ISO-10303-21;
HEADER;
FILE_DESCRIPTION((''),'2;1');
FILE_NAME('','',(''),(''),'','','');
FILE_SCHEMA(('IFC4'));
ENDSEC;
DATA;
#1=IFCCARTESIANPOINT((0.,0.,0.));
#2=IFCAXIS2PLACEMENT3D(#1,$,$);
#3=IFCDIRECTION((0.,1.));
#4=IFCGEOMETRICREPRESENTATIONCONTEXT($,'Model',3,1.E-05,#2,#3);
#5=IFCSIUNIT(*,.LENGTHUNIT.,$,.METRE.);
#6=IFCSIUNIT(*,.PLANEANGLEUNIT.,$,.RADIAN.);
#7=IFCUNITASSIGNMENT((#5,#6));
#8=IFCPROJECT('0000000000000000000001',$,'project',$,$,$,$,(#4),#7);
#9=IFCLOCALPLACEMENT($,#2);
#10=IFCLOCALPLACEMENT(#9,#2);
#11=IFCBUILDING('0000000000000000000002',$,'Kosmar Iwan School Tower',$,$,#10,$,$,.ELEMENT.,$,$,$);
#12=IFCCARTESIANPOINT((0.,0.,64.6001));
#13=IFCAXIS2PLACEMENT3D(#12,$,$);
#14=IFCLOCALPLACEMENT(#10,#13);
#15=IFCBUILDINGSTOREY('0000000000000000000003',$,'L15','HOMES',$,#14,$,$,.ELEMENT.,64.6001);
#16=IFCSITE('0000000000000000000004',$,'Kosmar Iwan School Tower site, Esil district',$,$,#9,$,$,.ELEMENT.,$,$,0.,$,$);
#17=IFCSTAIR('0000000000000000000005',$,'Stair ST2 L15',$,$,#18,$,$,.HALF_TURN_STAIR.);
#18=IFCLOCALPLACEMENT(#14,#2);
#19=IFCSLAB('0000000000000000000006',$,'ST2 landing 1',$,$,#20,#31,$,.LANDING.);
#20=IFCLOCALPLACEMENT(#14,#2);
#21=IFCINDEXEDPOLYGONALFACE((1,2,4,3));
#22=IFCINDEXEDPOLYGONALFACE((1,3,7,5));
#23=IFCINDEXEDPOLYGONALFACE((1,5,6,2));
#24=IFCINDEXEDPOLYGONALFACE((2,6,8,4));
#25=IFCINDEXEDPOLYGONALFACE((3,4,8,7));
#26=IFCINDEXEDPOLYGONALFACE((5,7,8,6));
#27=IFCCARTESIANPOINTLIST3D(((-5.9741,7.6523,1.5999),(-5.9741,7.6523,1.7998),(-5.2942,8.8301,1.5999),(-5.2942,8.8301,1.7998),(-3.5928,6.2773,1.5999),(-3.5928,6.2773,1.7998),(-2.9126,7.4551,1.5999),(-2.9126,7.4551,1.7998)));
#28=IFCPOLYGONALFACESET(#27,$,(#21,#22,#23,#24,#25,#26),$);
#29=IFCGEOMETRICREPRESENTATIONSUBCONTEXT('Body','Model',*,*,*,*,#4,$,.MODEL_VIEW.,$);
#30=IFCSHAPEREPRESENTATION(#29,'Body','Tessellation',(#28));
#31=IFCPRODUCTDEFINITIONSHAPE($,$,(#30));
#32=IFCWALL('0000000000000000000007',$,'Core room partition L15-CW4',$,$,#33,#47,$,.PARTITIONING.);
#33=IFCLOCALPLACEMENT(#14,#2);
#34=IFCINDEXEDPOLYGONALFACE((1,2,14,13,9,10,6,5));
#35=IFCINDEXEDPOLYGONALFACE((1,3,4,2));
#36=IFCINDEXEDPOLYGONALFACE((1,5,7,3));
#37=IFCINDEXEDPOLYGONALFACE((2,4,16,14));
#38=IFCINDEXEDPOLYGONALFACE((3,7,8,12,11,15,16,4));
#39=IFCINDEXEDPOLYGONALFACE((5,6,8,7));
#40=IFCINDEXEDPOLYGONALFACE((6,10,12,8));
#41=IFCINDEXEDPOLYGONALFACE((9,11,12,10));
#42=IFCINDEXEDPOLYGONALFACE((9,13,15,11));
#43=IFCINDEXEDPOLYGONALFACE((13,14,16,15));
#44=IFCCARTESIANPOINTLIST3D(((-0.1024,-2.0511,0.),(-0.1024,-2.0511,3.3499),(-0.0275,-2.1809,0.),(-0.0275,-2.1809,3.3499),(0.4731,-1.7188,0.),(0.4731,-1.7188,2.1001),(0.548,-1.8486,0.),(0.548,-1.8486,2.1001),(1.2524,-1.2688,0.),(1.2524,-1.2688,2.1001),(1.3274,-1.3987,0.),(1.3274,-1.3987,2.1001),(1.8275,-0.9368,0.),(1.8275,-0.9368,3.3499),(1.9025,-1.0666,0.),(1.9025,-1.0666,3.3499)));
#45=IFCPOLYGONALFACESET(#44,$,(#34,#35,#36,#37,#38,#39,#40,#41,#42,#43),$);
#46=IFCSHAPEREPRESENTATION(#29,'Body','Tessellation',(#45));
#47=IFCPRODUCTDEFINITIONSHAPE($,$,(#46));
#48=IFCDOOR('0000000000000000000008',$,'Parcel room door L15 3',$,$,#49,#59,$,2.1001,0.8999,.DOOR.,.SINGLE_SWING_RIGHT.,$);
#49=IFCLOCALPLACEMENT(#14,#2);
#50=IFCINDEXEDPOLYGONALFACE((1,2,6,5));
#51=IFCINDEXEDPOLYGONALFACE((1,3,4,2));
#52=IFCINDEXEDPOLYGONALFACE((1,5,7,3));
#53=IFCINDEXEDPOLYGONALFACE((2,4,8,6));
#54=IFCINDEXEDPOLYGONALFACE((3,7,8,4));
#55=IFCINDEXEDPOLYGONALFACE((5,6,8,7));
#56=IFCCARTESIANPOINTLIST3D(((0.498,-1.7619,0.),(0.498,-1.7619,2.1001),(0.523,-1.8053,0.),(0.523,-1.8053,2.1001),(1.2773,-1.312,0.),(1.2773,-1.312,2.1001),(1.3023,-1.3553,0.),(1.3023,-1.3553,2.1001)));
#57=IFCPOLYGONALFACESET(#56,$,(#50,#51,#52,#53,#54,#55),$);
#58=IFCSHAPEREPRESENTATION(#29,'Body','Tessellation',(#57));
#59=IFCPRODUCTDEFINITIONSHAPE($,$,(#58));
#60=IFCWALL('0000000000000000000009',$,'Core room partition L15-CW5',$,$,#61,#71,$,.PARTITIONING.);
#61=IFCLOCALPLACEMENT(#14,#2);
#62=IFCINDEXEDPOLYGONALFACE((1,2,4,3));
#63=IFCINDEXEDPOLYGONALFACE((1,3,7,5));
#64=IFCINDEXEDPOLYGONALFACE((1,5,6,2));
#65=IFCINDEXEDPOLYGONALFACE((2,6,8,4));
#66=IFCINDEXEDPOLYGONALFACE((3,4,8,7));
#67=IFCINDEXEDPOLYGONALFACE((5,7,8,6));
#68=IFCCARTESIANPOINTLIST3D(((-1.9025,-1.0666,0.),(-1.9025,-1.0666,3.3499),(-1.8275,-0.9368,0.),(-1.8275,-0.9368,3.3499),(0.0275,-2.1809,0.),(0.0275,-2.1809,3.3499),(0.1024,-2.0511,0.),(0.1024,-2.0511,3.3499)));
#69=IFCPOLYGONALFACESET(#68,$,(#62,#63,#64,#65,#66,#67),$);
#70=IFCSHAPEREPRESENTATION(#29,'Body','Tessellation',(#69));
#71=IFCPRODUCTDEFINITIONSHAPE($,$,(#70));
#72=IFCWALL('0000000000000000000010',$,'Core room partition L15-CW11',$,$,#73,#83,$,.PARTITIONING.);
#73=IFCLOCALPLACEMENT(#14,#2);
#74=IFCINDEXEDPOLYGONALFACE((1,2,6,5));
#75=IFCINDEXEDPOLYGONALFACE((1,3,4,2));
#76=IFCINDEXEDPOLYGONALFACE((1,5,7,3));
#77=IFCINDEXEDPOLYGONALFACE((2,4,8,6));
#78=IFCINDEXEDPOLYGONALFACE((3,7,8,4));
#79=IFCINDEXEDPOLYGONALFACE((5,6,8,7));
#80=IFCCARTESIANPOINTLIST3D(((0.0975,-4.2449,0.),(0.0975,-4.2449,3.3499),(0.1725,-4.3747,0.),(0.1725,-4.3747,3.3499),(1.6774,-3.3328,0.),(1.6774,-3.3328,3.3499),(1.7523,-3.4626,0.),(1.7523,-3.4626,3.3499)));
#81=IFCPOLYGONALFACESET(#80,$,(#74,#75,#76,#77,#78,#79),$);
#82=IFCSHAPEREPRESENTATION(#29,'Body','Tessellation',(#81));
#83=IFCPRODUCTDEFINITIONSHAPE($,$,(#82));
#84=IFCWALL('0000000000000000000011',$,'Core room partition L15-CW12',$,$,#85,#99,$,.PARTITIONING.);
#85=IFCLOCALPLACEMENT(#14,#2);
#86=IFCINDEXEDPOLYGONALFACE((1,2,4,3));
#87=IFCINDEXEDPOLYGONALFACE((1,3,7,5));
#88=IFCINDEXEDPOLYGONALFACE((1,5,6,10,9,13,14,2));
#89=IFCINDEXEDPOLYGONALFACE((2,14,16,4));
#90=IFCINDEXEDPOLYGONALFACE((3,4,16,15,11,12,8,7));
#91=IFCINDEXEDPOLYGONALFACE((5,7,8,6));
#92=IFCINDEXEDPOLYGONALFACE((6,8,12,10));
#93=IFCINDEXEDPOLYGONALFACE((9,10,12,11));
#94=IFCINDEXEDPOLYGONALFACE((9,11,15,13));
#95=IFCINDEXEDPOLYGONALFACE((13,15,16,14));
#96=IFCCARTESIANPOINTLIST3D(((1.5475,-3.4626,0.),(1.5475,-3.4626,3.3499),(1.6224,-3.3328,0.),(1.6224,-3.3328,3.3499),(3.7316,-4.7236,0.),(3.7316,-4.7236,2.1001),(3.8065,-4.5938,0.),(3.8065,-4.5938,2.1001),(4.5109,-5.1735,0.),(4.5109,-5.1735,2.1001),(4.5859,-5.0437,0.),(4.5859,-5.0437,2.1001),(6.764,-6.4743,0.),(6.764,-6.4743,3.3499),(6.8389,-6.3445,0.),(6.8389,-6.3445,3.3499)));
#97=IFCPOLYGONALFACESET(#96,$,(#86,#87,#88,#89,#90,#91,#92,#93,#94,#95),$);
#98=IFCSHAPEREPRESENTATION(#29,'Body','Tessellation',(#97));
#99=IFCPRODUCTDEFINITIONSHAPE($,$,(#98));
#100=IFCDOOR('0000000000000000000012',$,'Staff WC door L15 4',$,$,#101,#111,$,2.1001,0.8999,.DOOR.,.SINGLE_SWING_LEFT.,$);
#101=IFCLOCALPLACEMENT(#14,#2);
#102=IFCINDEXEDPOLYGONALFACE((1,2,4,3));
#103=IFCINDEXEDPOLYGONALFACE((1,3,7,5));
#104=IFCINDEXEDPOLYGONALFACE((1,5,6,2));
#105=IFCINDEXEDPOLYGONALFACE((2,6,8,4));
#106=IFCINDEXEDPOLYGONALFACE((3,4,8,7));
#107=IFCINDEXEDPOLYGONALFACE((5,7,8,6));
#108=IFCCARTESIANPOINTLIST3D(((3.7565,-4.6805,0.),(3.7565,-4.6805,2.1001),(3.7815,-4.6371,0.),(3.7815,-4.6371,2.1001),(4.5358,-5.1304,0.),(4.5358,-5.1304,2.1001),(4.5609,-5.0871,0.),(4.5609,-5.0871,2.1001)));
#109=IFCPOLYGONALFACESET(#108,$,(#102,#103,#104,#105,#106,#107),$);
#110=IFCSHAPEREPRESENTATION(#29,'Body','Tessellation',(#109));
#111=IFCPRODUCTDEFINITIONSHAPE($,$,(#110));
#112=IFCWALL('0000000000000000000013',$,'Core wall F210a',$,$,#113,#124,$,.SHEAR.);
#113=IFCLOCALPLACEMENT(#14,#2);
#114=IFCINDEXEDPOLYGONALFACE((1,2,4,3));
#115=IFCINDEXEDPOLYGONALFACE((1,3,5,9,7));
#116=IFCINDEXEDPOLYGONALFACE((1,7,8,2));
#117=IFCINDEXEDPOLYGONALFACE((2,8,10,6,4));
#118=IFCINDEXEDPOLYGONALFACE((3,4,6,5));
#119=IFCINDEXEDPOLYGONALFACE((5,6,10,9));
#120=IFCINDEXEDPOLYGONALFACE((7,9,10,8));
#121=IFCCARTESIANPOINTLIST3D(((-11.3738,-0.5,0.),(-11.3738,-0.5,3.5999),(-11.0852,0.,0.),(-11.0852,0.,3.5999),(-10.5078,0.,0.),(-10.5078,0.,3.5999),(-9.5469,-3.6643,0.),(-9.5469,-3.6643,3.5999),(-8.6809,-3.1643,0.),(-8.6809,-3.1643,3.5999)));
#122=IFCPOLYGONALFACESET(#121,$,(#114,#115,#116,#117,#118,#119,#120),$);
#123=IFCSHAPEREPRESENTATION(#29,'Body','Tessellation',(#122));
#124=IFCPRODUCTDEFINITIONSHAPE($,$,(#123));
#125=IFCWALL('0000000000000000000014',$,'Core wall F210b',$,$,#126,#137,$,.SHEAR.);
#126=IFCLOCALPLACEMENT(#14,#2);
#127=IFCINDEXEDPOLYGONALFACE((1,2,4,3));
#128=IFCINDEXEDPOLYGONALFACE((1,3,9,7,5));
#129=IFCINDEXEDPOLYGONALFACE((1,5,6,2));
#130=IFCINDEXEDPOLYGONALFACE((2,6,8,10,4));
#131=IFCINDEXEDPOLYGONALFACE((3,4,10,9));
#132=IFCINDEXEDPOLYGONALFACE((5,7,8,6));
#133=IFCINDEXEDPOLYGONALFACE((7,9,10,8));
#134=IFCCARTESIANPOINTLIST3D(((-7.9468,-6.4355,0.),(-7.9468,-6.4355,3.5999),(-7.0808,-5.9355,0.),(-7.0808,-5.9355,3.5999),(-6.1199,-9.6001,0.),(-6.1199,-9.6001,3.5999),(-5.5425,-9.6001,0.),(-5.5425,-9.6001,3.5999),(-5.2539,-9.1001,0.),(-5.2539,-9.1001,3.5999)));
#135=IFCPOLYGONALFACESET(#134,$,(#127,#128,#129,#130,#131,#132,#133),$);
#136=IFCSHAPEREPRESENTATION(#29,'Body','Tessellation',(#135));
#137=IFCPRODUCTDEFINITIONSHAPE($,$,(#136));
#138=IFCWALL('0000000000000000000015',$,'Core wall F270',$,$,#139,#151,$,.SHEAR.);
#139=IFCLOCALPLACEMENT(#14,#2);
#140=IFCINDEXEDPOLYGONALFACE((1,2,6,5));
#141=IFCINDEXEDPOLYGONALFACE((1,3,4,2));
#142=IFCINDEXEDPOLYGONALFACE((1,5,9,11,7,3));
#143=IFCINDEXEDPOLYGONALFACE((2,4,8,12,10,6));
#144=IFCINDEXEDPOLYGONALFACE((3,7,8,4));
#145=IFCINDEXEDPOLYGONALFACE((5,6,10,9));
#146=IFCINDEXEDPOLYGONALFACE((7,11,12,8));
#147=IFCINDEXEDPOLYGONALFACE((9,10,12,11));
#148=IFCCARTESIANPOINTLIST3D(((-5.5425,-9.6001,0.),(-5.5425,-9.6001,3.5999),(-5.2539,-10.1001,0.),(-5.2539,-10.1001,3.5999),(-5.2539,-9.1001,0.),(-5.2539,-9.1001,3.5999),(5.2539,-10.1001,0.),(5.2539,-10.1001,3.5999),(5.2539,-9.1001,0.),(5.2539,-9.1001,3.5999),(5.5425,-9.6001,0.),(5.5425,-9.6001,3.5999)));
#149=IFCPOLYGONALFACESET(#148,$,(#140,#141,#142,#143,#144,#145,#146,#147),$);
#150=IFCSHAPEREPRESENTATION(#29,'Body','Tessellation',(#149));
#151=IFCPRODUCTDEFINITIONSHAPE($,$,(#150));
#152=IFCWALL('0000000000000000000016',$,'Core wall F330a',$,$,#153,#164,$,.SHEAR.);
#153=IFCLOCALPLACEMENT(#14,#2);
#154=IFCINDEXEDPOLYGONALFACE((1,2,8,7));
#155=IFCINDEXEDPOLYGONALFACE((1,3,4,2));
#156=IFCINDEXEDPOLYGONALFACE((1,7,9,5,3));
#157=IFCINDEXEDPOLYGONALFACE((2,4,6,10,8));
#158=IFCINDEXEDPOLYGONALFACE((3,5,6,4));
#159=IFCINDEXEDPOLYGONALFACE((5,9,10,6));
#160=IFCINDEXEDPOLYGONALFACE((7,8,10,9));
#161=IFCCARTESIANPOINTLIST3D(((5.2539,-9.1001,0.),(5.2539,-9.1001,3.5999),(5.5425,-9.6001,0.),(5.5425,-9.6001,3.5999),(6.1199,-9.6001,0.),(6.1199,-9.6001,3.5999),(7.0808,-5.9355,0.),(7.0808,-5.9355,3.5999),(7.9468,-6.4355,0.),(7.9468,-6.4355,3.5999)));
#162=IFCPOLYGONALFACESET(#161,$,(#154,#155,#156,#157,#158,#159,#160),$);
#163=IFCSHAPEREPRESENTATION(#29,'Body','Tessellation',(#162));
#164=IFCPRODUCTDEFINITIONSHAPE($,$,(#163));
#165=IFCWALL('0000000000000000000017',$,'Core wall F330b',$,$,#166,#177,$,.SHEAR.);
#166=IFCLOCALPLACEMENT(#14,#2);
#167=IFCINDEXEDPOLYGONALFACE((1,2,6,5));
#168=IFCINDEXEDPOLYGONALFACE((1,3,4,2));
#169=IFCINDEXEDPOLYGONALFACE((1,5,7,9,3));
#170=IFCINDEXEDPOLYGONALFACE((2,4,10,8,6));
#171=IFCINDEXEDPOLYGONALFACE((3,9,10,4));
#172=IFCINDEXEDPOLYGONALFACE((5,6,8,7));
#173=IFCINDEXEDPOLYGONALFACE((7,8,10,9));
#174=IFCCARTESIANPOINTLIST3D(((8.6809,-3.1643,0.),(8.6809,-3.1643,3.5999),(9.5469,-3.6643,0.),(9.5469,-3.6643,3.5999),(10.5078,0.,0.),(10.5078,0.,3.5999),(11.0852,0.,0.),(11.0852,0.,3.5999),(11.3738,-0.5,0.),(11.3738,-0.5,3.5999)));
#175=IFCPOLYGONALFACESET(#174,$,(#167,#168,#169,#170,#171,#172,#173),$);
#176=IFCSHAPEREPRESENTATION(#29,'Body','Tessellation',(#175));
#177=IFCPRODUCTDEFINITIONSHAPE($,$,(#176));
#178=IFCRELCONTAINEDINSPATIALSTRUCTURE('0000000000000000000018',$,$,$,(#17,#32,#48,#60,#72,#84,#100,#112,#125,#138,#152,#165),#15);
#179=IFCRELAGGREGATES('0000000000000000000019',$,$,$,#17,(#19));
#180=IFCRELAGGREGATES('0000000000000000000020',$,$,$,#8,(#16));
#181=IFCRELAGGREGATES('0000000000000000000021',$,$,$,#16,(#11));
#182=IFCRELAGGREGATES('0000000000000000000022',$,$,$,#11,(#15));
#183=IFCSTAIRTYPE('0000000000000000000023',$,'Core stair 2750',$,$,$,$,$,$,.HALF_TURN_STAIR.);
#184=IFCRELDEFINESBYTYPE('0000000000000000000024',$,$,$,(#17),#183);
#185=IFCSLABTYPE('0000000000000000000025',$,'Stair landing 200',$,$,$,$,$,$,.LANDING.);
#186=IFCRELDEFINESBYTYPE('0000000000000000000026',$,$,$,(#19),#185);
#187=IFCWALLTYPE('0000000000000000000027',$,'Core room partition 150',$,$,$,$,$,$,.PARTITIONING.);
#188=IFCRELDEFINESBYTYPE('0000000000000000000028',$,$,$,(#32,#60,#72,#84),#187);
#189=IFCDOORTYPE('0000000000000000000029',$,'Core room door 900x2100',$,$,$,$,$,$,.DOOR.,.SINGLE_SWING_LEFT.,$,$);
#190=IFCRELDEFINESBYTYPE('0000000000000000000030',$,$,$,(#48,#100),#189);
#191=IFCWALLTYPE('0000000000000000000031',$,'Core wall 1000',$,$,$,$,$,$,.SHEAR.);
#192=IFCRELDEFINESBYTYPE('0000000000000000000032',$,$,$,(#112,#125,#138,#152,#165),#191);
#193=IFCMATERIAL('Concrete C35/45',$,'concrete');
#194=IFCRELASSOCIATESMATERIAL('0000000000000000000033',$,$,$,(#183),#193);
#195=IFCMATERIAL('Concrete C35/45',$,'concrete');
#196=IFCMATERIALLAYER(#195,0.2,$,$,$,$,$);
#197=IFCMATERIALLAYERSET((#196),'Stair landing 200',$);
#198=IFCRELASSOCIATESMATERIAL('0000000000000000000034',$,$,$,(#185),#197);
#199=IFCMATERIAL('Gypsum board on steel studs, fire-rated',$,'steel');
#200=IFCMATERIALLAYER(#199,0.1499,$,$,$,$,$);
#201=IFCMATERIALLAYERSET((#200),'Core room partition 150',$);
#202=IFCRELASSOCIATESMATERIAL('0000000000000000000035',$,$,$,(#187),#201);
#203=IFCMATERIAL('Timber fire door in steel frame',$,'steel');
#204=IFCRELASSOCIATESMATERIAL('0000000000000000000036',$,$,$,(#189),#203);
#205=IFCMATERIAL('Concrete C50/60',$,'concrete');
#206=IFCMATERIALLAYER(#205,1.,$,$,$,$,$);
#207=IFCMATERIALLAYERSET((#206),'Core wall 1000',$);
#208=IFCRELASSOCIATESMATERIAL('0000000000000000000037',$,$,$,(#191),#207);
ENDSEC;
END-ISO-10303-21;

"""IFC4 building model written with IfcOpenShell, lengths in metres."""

from ifc_helpers import new_model, si_unit, direction, frame, frame_2d, origin, place, context, subcontext, project, spatial, polyline, rectangle, outline, extrude, material, layer, layer_set, type_object, element, fill, aggregate, save


model = new_model("IFC4")

# Units and contexts
model_context = context("Model", 3, precision=1e-05, world=origin(), true_north=direction((0.0, 1.0)))
body_context = subcontext(model_context, "Body", "Model", "MODEL_VIEW")
ifc_project = project(units=[si_unit("LENGTHUNIT", "METRE"), si_unit("PLANEANGLEUNIT", "RADIAN")], contexts=[model_context])

# Site, building, storey
site_placement = place(None, origin())
site = spatial("IfcSite", under=ifc_project, at=site_placement, Name="Kosmar Iwan School Tower site, Esil district", CompositionType="ELEMENT", RefElevation=0.0)
building_placement = place(site_placement, origin())
building = spatial("IfcBuilding", under=site, at=building_placement, Name="Kosmar Iwan School Tower", CompositionType="ELEMENT")
storey_placement = place(building_placement, frame((0.0, 0.0, 64.6001)))
storey = spatial("IfcBuildingStorey", under=building, at=storey_placement, Name="L15", Description="HOMES", CompositionType="ELEMENT", Elevation=64.6001)

# Stair, slab
ifc_material_1 = material(Name="Concrete C35/45", Category="concrete")
stair_type = type_object("IfcStairType", Name="Core stair 2750", PredefinedType="HALF_TURN_STAIR", material=ifc_material_1)
stair_placement = place(storey_placement, origin())
stair = element("IfcStair", 1, at=stair_placement, inside=storey, type_object=stair_type, Name="Stair ST2 L15", PredefinedType="HALF_TURN_STAIR")
ifc_material_2 = material(Name="Concrete C35/45", Category="concrete")
ifc_layer_1 = layer(ifc_material_2, 0.2)
ifc_layer_set_1 = layer_set([ifc_layer_1], Name="Stair landing 200")
slab_type = type_object("IfcSlabType", Name="Stair landing 200", PredefinedType="LANDING", material=ifc_layer_set_1)
slab_placement = place(storey_placement, frame((0.0, 0.0, 1.5999)))
slab = element("IfcSlab", 2, at=slab_placement, type_object=slab_type, Name="ST2 landing 1", PredefinedType="LANDING", context=body_context, shape_type="SweptSolid", body=[
    extrude(outline(polyline([(-2.9126, 7.4551), (-5.2942, 8.8301), (-5.9741, 7.6523), (-3.5928, 6.2773), (-2.9126, 7.4551)])), origin(), (0.0, 0.0, 1.0), 0.2),
])
aggregate(stair, [slab])

# Wall, opening, door
ifc_material_3 = material(Name="Gypsum board on steel studs, fire-rated", Category="steel")
ifc_layer_2 = layer(ifc_material_3, 0.1499)
ifc_layer_set_2 = layer_set([ifc_layer_2], Name="Core room partition 150")
wall_type_1 = type_object("IfcWallType", Name="Core room partition 150", PredefinedType="PARTITIONING", material=ifc_layer_set_2)
wall_1_placement = place(storey_placement, frame((1.865, -1.0017, 0.0), z_axis=(0.0, 0.0, 1.0), x_axis=(-0.866023, -0.500004, 0.0)))
wall_1 = element("IfcWall", 3, at=wall_1_placement, inside=storey, type_object=wall_type_1, Name="Core room partition L15-CW4", PredefinedType="PARTITIONING", context=body_context, shape_type="SweptSolid", body=[
    extrude(rectangle(XDim=2.2285, YDim=0.1499, at=frame_2d((1.1143, 0.0))), origin(), (0.0, 0.0, 1.0), 3.3499),
])
opening_1_placement = place(wall_1_placement, frame((0.6641, 0.0, 0.0)))
opening_1 = element("IfcOpeningElement", 4, at=opening_1_placement, cuts=wall_1, PredefinedType="OPENING", context=body_context, shape_type="SweptSolid", body=[
    extrude(rectangle(XDim=0.8999, YDim=2.1001, at=frame_2d((0.45, 1.05))), frame((0.0, 0.0869, 0.0), z_axis=(0.0, -1.0, 0.0), x_axis=(1.0, 0.0, 0.0)), (0.0, 0.0, 1.0), 0.1738),
])
ifc_material_4 = material(Name="Timber fire door in steel frame", Category="steel")
door_type_1 = type_object("IfcDoorType", Name="Core room door 900x2100", OperationType="SINGLE_SWING_LEFT", PredefinedType="DOOR", material=ifc_material_4)
door_1_placement = place(opening_1_placement, origin())
door_1 = element("IfcDoor", 5, at=door_1_placement, inside=storey, type_object=door_type_1, Name="Parcel room door L15 3", OperationType="SINGLE_SWING_RIGHT", OverallHeight=2.1001, OverallWidth=0.8999, PredefinedType="DOOR", context=body_context, shape_type="SweptSolid", body=[
    extrude(rectangle(XDim=0.8999, YDim=2.1001, at=frame_2d((0.45, 1.05))), frame((0.0, 0.0249, 0.0), z_axis=(0.0, -1.0, 0.0), x_axis=(1.0, 0.0, 0.0)), (0.0, 0.0, 1.0), 0.05),
])
fill(opening_1, door_1)

# Walls
wall_2_placement = place(storey_placement, frame((0.0649, -2.116, 0.0), z_axis=(0.0, 0.0, 1.0), x_axis=(-0.866023, 0.500004, 0.0)))
element("IfcWall", 6, at=wall_2_placement, inside=storey, type_object=wall_type_1, Name="Core room partition L15-CW5", PredefinedType="PARTITIONING", context=body_context, shape_type="SweptSolid", body=[
    extrude(rectangle(XDim=2.2285, YDim=0.1499, at=frame_2d((1.1143, 0.0))), origin(), (0.0, 0.0, 1.0), 3.3499),
])
wall_3_placement = place(storey_placement, frame((0.135, -4.3098, 0.0), z_axis=(0.0, 0.0, 1.0), x_axis=(0.866027, 0.499997, 0.0)))
element("IfcWall", 7, at=wall_3_placement, inside=storey, type_object=wall_type_1, Name="Core room partition L15-CW11", PredefinedType="PARTITIONING", context=body_context, shape_type="SweptSolid", body=[
    extrude(rectangle(XDim=1.8242, YDim=0.1499, at=frame_2d((0.9121, 0.0))), origin(), (0.0, 0.0, 1.0), 3.3499),
])

# Wall, opening, door
wall_4_placement = place(storey_placement, frame((1.585, -3.3977, 0.0), z_axis=(0.0, 0.0, 1.0), x_axis=(0.86603, -0.499993, 0.0)))
wall_4 = element("IfcWall", 8, at=wall_4_placement, inside=storey, type_object=wall_type_1, Name="Core room partition L15-CW12", PredefinedType="PARTITIONING", context=body_context, shape_type="SweptSolid", body=[
    extrude(rectangle(XDim=6.0234, YDim=0.1499, at=frame_2d((3.0117, 0.0))), origin(), (0.0, 0.0, 1.0), 3.3499),
])
opening_2_placement = place(wall_4_placement, frame((2.522, 0.0, 0.0)))
opening_2 = element("IfcOpeningElement", 9, at=opening_2_placement, cuts=wall_4, PredefinedType="OPENING", context=body_context, shape_type="SweptSolid", body=[
    extrude(rectangle(XDim=0.8999, YDim=2.1001, at=frame_2d((0.45, 1.05))), frame((0.0, 0.0869, 0.0), z_axis=(0.0, -1.0, 0.0), x_axis=(1.0, 0.0, 0.0)), (0.0, 0.0, 1.0), 0.1738),
])
door_2_placement = place(opening_2_placement, origin())
door_2 = element("IfcDoor", 10, at=door_2_placement, inside=storey, type_object=door_type_1, Name="Staff WC door L15 4", OperationType="SINGLE_SWING_LEFT", OverallHeight=2.1001, OverallWidth=0.8999, PredefinedType="DOOR", context=body_context, shape_type="SweptSolid", body=[
    extrude(rectangle(XDim=0.8999, YDim=2.1001, at=frame_2d((0.45, 1.05))), frame((0.0, 0.0249, 0.0), z_axis=(0.0, -1.0, 0.0), x_axis=(1.0, 0.0, 0.0)), (0.0, 0.0, 1.0), 0.05),
])
fill(opening_2, door_2)

# Walls
ifc_material_5 = material(Name="Concrete C50/60", Category="concrete")
ifc_layer_3 = layer(ifc_material_5, 1.0)
ifc_layer_set_3 = layer_set([ifc_layer_3], Name="Core wall 1000")
wall_type_2 = type_object("IfcWallType", Name="Core wall 1000", PredefinedType="SHEAR", material=ifc_layer_set_3)
wall_5_placement = place(storey_placement, origin())
element("IfcWall", 11, at=wall_5_placement, inside=storey, type_object=wall_type_2, Name="Core wall F210a", PredefinedType="SHEAR", context=body_context, shape_type="SweptSolid", body=[
    extrude(outline(polyline([(-9.5469, -3.6643), (-8.6809, -3.1643), (-10.5078, 0.0), (-11.0852, 0.0), (-11.3738, -0.5), (-9.5469, -3.6643)])), origin(), (0.0, 0.0, 1.0), 3.5999),
])
wall_6_placement = place(storey_placement, origin())
element("IfcWall", 12, at=wall_6_placement, inside=storey, type_object=wall_type_2, Name="Core wall F210b", PredefinedType="SHEAR", context=body_context, shape_type="SweptSolid", body=[
    extrude(outline(polyline([(-6.1199, -9.6001), (-5.5425, -9.6001), (-5.2539, -9.1001), (-7.0808, -5.9355), (-7.9468, -6.4355), (-6.1199, -9.6001)])), origin(), (0.0, 0.0, 1.0), 3.5999),
])
wall_7_placement = place(storey_placement, origin())
element("IfcWall", 13, at=wall_7_placement, inside=storey, type_object=wall_type_2, Name="Core wall F270", PredefinedType="SHEAR", context=body_context, shape_type="SweptSolid", body=[
    extrude(outline(polyline([(-5.2539, -10.1001), (5.2539, -10.1001), (5.5425, -9.6001), (5.2539, -9.1001), (-5.2539, -9.1001), (-5.5425, -9.6001), (-5.2539, -10.1001)])), origin(), (0.0, 0.0, 1.0), 3.5999),
])
wall_8_placement = place(storey_placement, origin())
element("IfcWall", 14, at=wall_8_placement, inside=storey, type_object=wall_type_2, Name="Core wall F330a", PredefinedType="SHEAR", context=body_context, shape_type="SweptSolid", body=[
    extrude(outline(polyline([(5.5425, -9.6001), (6.1199, -9.6001), (7.9468, -6.4355), (7.0808, -5.9355), (5.2539, -9.1001), (5.5425, -9.6001)])), origin(), (0.0, 0.0, 1.0), 3.5999),
])
wall_9_placement = place(storey_placement, origin())
element("IfcWall", 15, at=wall_9_placement, inside=storey, type_object=wall_type_2, Name="Core wall F330b", PredefinedType="SHEAR", context=body_context, shape_type="SweptSolid", body=[
    extrude(outline(polyline([(9.5469, -3.6643), (11.3738, -0.5), (11.0852, 0.0), (10.5078, 0.0), (8.6809, -3.1643), (9.5469, -3.6643)])), origin(), (0.0, 0.0, 1.0), 3.5999),
])

save(model, "model.ifc")
